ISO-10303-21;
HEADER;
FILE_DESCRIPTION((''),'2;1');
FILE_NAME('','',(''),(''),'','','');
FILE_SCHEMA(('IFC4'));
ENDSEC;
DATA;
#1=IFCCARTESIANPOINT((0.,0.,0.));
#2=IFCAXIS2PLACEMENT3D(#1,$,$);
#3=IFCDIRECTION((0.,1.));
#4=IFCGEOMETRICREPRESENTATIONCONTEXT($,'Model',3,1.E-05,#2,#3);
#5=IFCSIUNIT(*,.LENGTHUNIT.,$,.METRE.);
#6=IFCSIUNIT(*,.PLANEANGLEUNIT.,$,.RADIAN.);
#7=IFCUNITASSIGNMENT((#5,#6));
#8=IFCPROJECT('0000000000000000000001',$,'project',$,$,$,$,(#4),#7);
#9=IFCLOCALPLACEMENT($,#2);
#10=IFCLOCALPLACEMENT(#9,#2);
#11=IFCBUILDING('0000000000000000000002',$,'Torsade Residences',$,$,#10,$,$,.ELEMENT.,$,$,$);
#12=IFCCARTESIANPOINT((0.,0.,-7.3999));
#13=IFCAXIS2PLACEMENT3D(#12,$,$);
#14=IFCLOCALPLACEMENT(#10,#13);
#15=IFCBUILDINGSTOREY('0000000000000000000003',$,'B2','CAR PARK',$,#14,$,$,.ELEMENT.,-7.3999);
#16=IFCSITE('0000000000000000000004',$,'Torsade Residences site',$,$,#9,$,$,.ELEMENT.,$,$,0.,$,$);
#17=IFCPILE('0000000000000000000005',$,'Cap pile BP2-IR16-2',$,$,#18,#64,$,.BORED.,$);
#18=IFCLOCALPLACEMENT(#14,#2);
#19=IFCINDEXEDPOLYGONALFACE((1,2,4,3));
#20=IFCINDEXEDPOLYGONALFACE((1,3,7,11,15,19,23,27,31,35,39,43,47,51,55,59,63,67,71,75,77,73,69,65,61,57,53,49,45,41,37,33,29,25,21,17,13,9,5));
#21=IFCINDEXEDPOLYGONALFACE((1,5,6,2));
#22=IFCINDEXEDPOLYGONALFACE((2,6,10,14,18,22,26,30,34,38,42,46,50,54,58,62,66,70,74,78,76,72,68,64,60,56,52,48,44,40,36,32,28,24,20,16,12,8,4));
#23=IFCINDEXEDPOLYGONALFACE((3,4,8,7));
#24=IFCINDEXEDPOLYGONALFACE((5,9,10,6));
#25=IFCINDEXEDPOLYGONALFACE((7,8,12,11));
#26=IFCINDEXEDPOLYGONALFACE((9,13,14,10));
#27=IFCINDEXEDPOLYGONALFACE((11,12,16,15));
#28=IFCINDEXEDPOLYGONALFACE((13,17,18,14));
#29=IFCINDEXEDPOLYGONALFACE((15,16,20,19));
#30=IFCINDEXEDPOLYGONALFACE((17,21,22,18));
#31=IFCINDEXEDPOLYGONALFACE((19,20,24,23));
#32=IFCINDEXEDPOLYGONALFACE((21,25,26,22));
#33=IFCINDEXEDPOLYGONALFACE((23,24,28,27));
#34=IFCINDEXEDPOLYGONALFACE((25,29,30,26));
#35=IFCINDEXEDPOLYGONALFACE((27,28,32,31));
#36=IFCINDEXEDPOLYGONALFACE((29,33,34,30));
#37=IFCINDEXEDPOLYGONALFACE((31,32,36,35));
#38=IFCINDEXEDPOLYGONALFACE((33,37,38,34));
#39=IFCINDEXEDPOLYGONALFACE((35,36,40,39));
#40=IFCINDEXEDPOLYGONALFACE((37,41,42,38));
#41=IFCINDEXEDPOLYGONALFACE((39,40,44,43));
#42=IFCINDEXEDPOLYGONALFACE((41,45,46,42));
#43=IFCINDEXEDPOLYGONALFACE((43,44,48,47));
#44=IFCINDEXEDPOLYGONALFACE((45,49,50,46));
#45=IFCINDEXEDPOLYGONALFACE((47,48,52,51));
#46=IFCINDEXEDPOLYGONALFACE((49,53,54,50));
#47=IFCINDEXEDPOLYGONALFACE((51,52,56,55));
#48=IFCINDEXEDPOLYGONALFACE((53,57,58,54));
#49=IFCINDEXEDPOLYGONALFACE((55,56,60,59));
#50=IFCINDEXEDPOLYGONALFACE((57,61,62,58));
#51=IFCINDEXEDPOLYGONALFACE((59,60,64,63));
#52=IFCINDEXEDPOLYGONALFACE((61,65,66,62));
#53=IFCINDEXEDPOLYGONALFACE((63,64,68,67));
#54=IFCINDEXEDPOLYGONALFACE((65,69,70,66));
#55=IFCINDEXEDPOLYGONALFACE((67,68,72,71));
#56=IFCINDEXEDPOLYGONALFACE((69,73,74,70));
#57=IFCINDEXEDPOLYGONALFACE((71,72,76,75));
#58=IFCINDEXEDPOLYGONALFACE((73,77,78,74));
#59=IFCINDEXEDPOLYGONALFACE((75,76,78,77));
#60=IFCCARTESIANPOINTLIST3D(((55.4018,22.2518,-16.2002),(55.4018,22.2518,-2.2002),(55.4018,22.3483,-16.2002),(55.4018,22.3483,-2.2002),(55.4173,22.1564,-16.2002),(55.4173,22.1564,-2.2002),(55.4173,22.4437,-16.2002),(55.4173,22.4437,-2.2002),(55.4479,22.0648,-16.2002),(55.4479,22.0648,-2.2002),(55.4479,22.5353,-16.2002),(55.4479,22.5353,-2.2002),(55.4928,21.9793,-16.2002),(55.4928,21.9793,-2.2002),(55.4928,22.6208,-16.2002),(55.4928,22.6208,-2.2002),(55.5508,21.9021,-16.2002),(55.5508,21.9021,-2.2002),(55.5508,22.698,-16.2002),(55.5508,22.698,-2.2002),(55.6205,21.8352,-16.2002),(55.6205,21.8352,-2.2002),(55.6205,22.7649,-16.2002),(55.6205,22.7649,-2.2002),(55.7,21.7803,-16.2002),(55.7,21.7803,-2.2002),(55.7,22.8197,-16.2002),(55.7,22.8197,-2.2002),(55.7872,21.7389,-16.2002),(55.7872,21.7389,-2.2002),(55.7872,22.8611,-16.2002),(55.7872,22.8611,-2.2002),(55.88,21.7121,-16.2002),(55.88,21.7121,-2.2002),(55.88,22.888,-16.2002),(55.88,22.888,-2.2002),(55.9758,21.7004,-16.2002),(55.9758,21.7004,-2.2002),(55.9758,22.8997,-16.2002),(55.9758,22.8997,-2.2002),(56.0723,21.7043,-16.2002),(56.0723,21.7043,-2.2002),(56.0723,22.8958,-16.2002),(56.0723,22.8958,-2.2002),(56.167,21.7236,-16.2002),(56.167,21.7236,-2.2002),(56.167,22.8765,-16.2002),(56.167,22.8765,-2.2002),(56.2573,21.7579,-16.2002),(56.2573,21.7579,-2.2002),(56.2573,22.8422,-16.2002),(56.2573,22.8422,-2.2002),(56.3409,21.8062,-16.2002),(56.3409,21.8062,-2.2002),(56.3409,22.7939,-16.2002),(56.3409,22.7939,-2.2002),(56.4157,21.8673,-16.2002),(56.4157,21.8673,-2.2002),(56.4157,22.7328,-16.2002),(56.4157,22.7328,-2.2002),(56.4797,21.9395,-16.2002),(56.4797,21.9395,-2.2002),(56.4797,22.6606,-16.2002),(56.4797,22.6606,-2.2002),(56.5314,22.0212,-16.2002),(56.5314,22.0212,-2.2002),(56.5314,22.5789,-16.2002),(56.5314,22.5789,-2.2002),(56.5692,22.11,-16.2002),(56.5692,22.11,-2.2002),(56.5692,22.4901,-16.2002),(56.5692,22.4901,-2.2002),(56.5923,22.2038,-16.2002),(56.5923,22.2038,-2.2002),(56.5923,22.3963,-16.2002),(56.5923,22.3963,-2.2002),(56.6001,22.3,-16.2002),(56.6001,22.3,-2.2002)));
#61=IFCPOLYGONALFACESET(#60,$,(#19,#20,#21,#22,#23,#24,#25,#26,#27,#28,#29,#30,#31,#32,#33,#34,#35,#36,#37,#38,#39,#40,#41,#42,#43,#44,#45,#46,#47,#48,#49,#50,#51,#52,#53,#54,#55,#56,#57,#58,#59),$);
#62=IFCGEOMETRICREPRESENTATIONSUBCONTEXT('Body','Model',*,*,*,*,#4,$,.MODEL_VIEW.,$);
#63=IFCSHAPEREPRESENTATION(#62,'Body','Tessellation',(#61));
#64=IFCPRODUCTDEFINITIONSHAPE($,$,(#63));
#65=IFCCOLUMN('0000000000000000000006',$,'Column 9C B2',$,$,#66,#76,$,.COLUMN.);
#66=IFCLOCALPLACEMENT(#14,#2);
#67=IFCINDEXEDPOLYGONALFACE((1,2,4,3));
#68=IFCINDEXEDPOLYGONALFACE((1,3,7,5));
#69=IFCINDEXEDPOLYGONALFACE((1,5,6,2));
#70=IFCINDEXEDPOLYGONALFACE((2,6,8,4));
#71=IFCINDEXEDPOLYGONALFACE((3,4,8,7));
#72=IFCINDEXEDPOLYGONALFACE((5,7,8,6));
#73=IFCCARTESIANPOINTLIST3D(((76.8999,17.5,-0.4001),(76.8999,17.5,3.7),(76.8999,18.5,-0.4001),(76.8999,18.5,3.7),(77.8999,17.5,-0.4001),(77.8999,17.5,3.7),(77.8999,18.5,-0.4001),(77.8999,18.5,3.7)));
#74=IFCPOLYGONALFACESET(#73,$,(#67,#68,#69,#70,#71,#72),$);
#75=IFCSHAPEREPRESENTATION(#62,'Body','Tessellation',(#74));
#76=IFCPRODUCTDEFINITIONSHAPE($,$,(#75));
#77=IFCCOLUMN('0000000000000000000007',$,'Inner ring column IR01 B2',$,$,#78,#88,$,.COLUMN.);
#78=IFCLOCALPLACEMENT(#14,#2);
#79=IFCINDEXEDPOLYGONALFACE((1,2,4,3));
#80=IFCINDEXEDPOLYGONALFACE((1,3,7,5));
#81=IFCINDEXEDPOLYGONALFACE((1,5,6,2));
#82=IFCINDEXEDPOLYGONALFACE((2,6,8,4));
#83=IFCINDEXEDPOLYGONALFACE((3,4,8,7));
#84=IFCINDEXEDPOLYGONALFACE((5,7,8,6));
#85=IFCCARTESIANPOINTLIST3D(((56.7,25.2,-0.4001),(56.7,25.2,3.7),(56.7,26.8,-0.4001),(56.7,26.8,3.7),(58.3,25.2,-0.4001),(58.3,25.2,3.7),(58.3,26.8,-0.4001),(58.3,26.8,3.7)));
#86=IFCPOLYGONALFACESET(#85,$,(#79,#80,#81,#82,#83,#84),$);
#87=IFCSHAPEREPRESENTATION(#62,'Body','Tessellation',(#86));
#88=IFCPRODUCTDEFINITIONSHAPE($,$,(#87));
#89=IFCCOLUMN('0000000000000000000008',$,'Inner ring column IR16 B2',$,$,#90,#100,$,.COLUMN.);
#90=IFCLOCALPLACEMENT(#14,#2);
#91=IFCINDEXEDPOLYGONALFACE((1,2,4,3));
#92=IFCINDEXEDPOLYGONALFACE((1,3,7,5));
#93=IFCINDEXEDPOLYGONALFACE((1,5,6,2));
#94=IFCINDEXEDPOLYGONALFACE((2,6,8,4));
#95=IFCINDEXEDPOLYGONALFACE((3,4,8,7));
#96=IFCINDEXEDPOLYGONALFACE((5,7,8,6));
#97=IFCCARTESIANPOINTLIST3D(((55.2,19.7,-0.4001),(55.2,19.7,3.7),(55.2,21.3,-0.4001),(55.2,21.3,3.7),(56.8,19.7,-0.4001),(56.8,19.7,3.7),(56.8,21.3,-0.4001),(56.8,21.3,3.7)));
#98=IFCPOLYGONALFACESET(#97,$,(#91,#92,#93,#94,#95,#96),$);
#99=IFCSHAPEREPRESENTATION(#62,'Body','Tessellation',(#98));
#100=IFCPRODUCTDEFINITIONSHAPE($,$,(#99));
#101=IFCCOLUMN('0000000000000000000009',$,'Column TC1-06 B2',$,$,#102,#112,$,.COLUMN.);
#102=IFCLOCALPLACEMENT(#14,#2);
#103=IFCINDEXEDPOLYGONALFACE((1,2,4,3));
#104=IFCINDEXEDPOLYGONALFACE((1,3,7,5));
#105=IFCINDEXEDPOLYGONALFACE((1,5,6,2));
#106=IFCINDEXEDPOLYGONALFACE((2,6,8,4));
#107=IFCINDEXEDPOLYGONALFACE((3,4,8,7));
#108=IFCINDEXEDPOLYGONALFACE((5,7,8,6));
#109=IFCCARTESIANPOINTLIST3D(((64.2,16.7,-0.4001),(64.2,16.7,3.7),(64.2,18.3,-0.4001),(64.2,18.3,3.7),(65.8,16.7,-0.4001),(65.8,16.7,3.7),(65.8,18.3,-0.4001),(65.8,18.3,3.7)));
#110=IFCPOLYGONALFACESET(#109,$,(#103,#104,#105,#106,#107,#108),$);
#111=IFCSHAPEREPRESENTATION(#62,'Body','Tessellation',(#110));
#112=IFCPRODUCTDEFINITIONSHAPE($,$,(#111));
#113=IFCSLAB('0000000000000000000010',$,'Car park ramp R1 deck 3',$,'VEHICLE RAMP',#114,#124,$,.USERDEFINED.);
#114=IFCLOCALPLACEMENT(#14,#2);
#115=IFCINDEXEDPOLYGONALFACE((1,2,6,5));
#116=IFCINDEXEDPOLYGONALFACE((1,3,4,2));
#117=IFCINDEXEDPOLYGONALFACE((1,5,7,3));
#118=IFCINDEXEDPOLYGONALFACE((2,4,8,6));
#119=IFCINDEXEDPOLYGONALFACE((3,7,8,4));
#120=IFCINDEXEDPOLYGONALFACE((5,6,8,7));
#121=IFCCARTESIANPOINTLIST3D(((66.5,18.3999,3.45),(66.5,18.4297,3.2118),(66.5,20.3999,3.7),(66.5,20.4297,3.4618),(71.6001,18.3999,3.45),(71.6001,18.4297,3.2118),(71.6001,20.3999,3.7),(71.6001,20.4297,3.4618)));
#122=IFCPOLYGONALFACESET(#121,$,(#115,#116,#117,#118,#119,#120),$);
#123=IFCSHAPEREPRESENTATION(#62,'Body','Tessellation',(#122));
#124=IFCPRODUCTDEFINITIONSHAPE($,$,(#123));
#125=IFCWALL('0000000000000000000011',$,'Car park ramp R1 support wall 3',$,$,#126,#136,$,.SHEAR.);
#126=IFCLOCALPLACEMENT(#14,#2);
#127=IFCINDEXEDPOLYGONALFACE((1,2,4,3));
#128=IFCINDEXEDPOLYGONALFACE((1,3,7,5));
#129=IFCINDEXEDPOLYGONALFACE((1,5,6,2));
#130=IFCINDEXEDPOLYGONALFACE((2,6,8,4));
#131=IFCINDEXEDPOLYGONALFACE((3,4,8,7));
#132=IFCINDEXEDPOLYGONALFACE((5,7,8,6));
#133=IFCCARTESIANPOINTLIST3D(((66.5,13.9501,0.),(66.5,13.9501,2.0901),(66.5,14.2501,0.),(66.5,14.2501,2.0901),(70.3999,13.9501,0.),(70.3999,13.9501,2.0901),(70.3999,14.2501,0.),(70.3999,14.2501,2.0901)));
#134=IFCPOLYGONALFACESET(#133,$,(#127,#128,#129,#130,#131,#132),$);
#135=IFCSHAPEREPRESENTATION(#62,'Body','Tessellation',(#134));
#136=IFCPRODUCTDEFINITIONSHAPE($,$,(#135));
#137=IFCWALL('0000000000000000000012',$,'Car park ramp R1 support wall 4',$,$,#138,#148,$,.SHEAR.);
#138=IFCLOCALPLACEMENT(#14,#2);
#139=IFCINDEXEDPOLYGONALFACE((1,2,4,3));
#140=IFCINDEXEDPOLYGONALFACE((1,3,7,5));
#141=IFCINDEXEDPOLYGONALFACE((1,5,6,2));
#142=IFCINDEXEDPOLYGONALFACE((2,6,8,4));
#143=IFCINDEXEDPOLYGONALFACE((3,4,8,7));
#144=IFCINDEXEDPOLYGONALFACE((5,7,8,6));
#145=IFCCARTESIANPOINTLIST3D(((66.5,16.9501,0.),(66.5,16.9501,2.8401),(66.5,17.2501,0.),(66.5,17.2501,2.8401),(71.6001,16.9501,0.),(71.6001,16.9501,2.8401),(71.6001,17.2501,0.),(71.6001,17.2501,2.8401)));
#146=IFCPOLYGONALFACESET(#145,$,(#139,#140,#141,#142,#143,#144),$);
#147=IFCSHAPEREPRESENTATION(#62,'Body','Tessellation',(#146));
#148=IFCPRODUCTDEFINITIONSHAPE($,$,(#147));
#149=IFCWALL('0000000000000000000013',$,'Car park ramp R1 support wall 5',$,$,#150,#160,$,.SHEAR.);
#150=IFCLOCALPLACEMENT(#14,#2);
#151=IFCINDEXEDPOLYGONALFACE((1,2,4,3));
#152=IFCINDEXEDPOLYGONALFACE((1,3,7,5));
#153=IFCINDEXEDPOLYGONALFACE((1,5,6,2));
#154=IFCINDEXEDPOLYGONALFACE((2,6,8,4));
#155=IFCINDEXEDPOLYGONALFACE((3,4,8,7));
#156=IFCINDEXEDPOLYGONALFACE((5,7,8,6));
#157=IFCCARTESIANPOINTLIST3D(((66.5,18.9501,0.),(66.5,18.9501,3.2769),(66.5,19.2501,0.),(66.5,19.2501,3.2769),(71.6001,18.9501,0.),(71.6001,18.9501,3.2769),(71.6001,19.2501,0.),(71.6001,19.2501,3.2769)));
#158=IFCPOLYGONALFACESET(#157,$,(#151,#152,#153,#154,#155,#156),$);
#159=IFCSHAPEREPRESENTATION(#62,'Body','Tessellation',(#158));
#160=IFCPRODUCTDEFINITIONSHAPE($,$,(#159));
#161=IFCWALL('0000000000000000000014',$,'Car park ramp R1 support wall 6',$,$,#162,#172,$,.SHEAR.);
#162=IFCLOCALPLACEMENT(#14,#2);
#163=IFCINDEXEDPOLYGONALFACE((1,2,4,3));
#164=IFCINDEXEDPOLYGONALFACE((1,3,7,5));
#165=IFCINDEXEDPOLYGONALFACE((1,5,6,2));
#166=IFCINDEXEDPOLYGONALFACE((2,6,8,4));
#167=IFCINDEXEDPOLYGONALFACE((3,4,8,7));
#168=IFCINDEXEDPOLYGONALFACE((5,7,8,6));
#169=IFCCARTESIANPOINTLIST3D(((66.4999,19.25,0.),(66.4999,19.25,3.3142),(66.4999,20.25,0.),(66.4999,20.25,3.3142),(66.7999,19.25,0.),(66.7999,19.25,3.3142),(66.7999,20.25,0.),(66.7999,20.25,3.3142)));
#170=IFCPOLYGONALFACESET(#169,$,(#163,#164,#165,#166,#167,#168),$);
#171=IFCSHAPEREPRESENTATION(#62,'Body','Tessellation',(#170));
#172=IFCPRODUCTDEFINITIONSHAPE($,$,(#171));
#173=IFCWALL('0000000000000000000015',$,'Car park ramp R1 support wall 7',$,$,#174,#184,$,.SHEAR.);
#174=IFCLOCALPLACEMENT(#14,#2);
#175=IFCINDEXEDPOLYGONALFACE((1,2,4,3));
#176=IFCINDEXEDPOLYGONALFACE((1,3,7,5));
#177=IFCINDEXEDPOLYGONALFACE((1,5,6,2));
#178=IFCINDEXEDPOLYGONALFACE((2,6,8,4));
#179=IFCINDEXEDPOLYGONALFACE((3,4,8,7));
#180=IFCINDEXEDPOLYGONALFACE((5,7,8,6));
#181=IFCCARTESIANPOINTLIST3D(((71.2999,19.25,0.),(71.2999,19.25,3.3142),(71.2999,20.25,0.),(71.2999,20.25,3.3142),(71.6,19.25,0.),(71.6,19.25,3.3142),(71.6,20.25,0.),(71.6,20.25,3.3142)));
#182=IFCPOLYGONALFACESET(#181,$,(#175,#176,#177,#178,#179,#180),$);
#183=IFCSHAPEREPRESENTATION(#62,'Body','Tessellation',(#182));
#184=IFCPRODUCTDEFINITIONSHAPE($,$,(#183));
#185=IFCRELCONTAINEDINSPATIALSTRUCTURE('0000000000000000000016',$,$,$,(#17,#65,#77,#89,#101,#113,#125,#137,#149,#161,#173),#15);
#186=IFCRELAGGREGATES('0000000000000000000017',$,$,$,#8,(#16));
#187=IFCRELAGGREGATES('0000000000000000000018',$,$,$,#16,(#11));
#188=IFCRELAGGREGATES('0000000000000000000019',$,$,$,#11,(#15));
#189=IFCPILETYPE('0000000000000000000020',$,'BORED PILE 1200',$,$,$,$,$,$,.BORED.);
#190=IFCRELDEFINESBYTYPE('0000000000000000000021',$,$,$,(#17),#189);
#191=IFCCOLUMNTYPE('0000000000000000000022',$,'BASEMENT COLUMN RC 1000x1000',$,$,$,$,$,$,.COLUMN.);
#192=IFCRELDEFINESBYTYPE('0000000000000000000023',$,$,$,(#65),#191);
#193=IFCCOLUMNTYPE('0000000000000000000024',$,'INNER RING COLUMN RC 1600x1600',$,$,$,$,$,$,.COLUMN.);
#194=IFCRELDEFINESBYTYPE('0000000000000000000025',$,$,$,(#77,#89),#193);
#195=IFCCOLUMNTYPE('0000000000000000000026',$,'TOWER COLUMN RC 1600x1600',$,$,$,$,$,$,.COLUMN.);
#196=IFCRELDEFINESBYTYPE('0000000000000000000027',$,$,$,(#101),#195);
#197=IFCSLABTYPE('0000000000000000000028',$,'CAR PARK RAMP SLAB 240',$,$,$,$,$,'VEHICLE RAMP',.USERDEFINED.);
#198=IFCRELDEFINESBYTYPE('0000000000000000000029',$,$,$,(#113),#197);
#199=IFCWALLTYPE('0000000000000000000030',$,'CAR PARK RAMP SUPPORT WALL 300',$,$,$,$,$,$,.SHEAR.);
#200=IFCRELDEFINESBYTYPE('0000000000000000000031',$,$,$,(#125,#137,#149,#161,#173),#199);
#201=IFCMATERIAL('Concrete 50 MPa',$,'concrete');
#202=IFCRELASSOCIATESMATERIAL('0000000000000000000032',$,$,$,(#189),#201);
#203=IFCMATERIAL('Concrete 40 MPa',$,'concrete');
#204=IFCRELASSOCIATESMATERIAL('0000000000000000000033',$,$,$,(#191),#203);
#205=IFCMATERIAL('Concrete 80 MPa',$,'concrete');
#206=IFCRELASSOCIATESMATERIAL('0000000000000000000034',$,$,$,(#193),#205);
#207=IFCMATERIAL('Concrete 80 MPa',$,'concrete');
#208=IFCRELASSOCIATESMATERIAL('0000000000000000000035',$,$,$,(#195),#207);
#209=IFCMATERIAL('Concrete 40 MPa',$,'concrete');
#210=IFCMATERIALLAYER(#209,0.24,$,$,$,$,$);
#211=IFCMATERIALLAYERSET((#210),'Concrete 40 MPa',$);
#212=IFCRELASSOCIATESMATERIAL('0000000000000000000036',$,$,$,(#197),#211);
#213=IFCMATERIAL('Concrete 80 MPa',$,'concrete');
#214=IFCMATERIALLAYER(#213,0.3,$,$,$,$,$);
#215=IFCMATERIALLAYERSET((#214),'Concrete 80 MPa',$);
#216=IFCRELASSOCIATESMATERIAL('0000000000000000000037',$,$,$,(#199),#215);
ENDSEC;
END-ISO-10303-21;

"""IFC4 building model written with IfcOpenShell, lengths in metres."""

from ifc_helpers import new_model, si_unit, direction, frame, frame_2d, origin, origin_2d, place, context, subcontext, project, spatial, polyline, rectangle, circle, outline, extrude, material, layer, layer_set, material_profile, profile_set, type_object, element, save


model = new_model("IFC4")

# Units and contexts
model_context = context("Model", 3, precision=1e-05, world=origin(), true_north=direction((0.0, 1.0)))
body_context = subcontext(model_context, "Body", "Model", "MODEL_VIEW")
ifc_project = project(units=[si_unit("LENGTHUNIT", "METRE"), si_unit("PLANEANGLEUNIT", "RADIAN")], contexts=[model_context])

# Site, building, storey
site_placement = place(None, origin())
site = spatial("IfcSite", under=ifc_project, at=site_placement, Name="Torsade Residences site", CompositionType="ELEMENT", RefElevation=0.0)
building_placement = place(site_placement, origin())
building = spatial("IfcBuilding", under=site, at=building_placement, Name="Torsade Residences", CompositionType="ELEMENT")
storey_placement = place(building_placement, frame((0.0, 0.0, -7.3999)))
storey = spatial("IfcBuildingStorey", under=building, at=storey_placement, Name="B2", Description="CAR PARK", CompositionType="ELEMENT", Elevation=-7.3999)

# Pile
ifc_material_1 = material(Name="Concrete 50 MPa", Category="concrete")
pile_type = type_object("IfcPileType", Name="BORED PILE 1200", PredefinedType="BORED", material=ifc_material_1)
for number, where, z_axis, x_axis, name in (
    (1, (56.0, 22.3, -2.2002), (0.0, 0.0, -1.0), (1.0, 0.0, 0.0), "Cap pile BP2-IR16-2"),
):
    element("IfcPile", number, at=place(storey_placement, frame(where, z_axis=z_axis, x_axis=x_axis)), inside=storey, type_object=pile_type, Name=name, PredefinedType="BORED", context=body_context, shape_type="SweptSolid", body=[
        extrude(circle(Radius=0.6001, at=origin_2d()), origin(), (0.0, 0.0, 1.0), 14.0),
    ])

# Columns
ifc_material_2 = material(Name="Concrete 40 MPa", Category="concrete")
ifc_material_profile_1 = material_profile(ifc_material_2, rectangle(XDim=1.0, YDim=1.0, at=origin_2d()), Name="RC 1000x1000")
ifc_profile_set_1 = profile_set([ifc_material_profile_1], Name="Concrete 40 MPa")
column_type_1 = type_object("IfcColumnType", Name="BASEMENT COLUMN RC 1000x1000", PredefinedType="COLUMN", material=ifc_profile_set_1)
column_1_placement = place(storey_placement, frame((77.3999, 18.0, -0.4001), z_axis=(0.0, 0.0, 1.0), x_axis=(1.0, 0.0, 0.0)))
element("IfcColumn", 2, at=column_1_placement, inside=storey, type_object=column_type_1, Name="Column 9C B2", PredefinedType="COLUMN", context=body_context, shape_type="SweptSolid", body=[
    extrude(rectangle(XDim=1.0, YDim=1.0, at=origin_2d()), origin(), (0.0, 0.0, 1.0), 4.1001),
])
ifc_material_3 = material(Name="Concrete 80 MPa", Category="concrete")
ifc_material_profile_2 = material_profile(ifc_material_3, rectangle(XDim=1.6001, YDim=1.6001, at=origin_2d()), Name="RC 1600x1600")
ifc_profile_set_2 = profile_set([ifc_material_profile_2], Name="Concrete 80 MPa")
column_type_2 = type_object("IfcColumnType", Name="INNER RING COLUMN RC 1600x1600", PredefinedType="COLUMN", material=ifc_profile_set_2)
for number, where, z_axis, x_axis, name in (
    (3, (57.5, 26.0, -0.4001), (0.0, 0.0, 1.0), (1.0, 0.0, 0.0), "Inner ring column IR01 B2"),
    (4, (56.0, 20.5, -0.4001), (0.0, 0.0, 1.0), (1.0, 0.0, 0.0), "Inner ring column IR16 B2"),
):
    element("IfcColumn", number, at=place(storey_placement, frame(where, z_axis=z_axis, x_axis=x_axis)), inside=storey, type_object=column_type_2, Name=name, PredefinedType="COLUMN", context=body_context, shape_type="SweptSolid", body=[
        extrude(rectangle(XDim=1.6001, YDim=1.6001, at=origin_2d()), origin(), (0.0, 0.0, 1.0), 4.1001),
    ])
ifc_material_4 = material(Name="Concrete 80 MPa", Category="concrete")
ifc_material_profile_3 = material_profile(ifc_material_4, rectangle(XDim=1.6001, YDim=1.6001, at=origin_2d()), Name="RC 1600x1600")
ifc_profile_set_3 = profile_set([ifc_material_profile_3], Name="Concrete 80 MPa")
column_type_3 = type_object("IfcColumnType", Name="TOWER COLUMN RC 1600x1600", PredefinedType="COLUMN", material=ifc_profile_set_3)
column_2_placement = place(storey_placement, frame((65.0, 17.5, -0.4001), z_axis=(0.0, 0.0, 1.0), x_axis=(1.0, 0.0, 0.0)))
element("IfcColumn", 5, at=column_2_placement, inside=storey, type_object=column_type_3, Name="Column TC1-06 B2", PredefinedType="COLUMN", context=body_context, shape_type="SweptSolid", body=[
    extrude(rectangle(XDim=1.6001, YDim=1.6001, at=origin_2d()), origin(), (0.0, 0.0, 1.0), 4.1001),
])

# Slab
ifc_material_5 = material(Name="Concrete 40 MPa", Category="concrete")
ifc_layer_1 = layer(ifc_material_5, 0.24)
ifc_layer_set_1 = layer_set([ifc_layer_1], Name="Concrete 40 MPa")
slab_type = type_object("IfcSlabType", Name="CAR PARK RAMP SLAB 240", ElementType="VEHICLE RAMP", PredefinedType="USERDEFINED", material=ifc_layer_set_1)
slab_placement = place(storey_placement, frame((66.5, 18.3999, 3.45), z_axis=(0.0, -0.124035, 0.992278), x_axis=(1.0, 0.0, 0.0)))
element("IfcSlab", 6, at=slab_placement, inside=storey, type_object=slab_type, Name="Car park ramp R1 deck 3", ObjectType="VEHICLE RAMP", PredefinedType="USERDEFINED", context=body_context, shape_type="SweptSolid", body=[
    extrude(outline(polyline([(0.0, 0.0), (5.1001, 0.0), (5.1001, 2.0156), (0.0, 2.0156), (0.0, 0.0)])), origin(), (0.0, 0.0, -1.0), 0.24),
])

# Walls
ifc_material_6 = material(Name="Concrete 80 MPa", Category="concrete")
ifc_layer_2 = layer(ifc_material_6, 0.3)
ifc_layer_set_2 = layer_set([ifc_layer_2], Name="Concrete 80 MPa")
wall_type_1 = type_object("IfcWallType", Name="CAR PARK RAMP SUPPORT WALL 300", PredefinedType="SHEAR", material=ifc_layer_set_2)
wall_1_placement = place(storey_placement, frame((66.5, 14.1001, 0.0), z_axis=(0.0, 0.0, 1.0), x_axis=(1.0, 0.0, 0.0)))
element("IfcWall", 7, at=wall_1_placement, inside=storey, type_object=wall_type_1, Name="Car park ramp R1 support wall 3", PredefinedType="SHEAR", context=body_context, shape_type="SweptSolid", body=[
    extrude(rectangle(XDim=3.8999, YDim=0.3, at=frame_2d((1.95, 0.0))), origin(), (0.0, 0.0, 1.0), 2.0901),
])
wall_2_placement = place(storey_placement, frame((66.5, 17.1001, 0.0), z_axis=(0.0, 0.0, 1.0), x_axis=(1.0, 0.0, 0.0)))
element("IfcWall", 8, at=wall_2_placement, inside=storey, type_object=wall_type_1, Name="Car park ramp R1 support wall 4", PredefinedType="SHEAR", context=body_context, shape_type="SweptSolid", body=[
    extrude(rectangle(XDim=5.1001, YDim=0.3, at=frame_2d((2.55, 0.0))), origin(), (0.0, 0.0, 1.0), 2.8401),
])
wall_3_placement = place(storey_placement, frame((66.5, 19.1001, 0.0), z_axis=(0.0, 0.0, 1.0), x_axis=(1.0, 0.0, 0.0)))
element("IfcWall", 9, at=wall_3_placement, inside=storey, type_object=wall_type_1, Name="Car park ramp R1 support wall 5", PredefinedType="SHEAR", context=body_context, shape_type="SweptSolid", body=[
    extrude(rectangle(XDim=5.1001, YDim=0.3, at=frame_2d((2.55, 0.0))), origin(), (0.0, 0.0, 1.0), 3.2769),
])
for number, where, z_axis, x_axis, name in (
    (10, (66.6499, 19.25, 0.0), (0.0, 0.0, 1.0), (0.0, 1.0, 0.0), "Car park ramp R1 support wall 6"),
    (11, (71.45, 19.25, 0.0), (0.0, 0.0, 1.0), (0.0, 1.0, 0.0), "Car park ramp R1 support wall 7"),
):
    element("IfcWall", number, at=place(storey_placement, frame(where, z_axis=z_axis, x_axis=x_axis)), inside=storey, type_object=wall_type_1, Name=name, PredefinedType="SHEAR", context=body_context, shape_type="SweptSolid", body=[
        extrude(rectangle(XDim=1.0, YDim=0.3, at=frame_2d((0.5, 0.0))), origin(), (0.0, 0.0, 1.0), 3.3142),
    ])

save(model, "model.ifc")
